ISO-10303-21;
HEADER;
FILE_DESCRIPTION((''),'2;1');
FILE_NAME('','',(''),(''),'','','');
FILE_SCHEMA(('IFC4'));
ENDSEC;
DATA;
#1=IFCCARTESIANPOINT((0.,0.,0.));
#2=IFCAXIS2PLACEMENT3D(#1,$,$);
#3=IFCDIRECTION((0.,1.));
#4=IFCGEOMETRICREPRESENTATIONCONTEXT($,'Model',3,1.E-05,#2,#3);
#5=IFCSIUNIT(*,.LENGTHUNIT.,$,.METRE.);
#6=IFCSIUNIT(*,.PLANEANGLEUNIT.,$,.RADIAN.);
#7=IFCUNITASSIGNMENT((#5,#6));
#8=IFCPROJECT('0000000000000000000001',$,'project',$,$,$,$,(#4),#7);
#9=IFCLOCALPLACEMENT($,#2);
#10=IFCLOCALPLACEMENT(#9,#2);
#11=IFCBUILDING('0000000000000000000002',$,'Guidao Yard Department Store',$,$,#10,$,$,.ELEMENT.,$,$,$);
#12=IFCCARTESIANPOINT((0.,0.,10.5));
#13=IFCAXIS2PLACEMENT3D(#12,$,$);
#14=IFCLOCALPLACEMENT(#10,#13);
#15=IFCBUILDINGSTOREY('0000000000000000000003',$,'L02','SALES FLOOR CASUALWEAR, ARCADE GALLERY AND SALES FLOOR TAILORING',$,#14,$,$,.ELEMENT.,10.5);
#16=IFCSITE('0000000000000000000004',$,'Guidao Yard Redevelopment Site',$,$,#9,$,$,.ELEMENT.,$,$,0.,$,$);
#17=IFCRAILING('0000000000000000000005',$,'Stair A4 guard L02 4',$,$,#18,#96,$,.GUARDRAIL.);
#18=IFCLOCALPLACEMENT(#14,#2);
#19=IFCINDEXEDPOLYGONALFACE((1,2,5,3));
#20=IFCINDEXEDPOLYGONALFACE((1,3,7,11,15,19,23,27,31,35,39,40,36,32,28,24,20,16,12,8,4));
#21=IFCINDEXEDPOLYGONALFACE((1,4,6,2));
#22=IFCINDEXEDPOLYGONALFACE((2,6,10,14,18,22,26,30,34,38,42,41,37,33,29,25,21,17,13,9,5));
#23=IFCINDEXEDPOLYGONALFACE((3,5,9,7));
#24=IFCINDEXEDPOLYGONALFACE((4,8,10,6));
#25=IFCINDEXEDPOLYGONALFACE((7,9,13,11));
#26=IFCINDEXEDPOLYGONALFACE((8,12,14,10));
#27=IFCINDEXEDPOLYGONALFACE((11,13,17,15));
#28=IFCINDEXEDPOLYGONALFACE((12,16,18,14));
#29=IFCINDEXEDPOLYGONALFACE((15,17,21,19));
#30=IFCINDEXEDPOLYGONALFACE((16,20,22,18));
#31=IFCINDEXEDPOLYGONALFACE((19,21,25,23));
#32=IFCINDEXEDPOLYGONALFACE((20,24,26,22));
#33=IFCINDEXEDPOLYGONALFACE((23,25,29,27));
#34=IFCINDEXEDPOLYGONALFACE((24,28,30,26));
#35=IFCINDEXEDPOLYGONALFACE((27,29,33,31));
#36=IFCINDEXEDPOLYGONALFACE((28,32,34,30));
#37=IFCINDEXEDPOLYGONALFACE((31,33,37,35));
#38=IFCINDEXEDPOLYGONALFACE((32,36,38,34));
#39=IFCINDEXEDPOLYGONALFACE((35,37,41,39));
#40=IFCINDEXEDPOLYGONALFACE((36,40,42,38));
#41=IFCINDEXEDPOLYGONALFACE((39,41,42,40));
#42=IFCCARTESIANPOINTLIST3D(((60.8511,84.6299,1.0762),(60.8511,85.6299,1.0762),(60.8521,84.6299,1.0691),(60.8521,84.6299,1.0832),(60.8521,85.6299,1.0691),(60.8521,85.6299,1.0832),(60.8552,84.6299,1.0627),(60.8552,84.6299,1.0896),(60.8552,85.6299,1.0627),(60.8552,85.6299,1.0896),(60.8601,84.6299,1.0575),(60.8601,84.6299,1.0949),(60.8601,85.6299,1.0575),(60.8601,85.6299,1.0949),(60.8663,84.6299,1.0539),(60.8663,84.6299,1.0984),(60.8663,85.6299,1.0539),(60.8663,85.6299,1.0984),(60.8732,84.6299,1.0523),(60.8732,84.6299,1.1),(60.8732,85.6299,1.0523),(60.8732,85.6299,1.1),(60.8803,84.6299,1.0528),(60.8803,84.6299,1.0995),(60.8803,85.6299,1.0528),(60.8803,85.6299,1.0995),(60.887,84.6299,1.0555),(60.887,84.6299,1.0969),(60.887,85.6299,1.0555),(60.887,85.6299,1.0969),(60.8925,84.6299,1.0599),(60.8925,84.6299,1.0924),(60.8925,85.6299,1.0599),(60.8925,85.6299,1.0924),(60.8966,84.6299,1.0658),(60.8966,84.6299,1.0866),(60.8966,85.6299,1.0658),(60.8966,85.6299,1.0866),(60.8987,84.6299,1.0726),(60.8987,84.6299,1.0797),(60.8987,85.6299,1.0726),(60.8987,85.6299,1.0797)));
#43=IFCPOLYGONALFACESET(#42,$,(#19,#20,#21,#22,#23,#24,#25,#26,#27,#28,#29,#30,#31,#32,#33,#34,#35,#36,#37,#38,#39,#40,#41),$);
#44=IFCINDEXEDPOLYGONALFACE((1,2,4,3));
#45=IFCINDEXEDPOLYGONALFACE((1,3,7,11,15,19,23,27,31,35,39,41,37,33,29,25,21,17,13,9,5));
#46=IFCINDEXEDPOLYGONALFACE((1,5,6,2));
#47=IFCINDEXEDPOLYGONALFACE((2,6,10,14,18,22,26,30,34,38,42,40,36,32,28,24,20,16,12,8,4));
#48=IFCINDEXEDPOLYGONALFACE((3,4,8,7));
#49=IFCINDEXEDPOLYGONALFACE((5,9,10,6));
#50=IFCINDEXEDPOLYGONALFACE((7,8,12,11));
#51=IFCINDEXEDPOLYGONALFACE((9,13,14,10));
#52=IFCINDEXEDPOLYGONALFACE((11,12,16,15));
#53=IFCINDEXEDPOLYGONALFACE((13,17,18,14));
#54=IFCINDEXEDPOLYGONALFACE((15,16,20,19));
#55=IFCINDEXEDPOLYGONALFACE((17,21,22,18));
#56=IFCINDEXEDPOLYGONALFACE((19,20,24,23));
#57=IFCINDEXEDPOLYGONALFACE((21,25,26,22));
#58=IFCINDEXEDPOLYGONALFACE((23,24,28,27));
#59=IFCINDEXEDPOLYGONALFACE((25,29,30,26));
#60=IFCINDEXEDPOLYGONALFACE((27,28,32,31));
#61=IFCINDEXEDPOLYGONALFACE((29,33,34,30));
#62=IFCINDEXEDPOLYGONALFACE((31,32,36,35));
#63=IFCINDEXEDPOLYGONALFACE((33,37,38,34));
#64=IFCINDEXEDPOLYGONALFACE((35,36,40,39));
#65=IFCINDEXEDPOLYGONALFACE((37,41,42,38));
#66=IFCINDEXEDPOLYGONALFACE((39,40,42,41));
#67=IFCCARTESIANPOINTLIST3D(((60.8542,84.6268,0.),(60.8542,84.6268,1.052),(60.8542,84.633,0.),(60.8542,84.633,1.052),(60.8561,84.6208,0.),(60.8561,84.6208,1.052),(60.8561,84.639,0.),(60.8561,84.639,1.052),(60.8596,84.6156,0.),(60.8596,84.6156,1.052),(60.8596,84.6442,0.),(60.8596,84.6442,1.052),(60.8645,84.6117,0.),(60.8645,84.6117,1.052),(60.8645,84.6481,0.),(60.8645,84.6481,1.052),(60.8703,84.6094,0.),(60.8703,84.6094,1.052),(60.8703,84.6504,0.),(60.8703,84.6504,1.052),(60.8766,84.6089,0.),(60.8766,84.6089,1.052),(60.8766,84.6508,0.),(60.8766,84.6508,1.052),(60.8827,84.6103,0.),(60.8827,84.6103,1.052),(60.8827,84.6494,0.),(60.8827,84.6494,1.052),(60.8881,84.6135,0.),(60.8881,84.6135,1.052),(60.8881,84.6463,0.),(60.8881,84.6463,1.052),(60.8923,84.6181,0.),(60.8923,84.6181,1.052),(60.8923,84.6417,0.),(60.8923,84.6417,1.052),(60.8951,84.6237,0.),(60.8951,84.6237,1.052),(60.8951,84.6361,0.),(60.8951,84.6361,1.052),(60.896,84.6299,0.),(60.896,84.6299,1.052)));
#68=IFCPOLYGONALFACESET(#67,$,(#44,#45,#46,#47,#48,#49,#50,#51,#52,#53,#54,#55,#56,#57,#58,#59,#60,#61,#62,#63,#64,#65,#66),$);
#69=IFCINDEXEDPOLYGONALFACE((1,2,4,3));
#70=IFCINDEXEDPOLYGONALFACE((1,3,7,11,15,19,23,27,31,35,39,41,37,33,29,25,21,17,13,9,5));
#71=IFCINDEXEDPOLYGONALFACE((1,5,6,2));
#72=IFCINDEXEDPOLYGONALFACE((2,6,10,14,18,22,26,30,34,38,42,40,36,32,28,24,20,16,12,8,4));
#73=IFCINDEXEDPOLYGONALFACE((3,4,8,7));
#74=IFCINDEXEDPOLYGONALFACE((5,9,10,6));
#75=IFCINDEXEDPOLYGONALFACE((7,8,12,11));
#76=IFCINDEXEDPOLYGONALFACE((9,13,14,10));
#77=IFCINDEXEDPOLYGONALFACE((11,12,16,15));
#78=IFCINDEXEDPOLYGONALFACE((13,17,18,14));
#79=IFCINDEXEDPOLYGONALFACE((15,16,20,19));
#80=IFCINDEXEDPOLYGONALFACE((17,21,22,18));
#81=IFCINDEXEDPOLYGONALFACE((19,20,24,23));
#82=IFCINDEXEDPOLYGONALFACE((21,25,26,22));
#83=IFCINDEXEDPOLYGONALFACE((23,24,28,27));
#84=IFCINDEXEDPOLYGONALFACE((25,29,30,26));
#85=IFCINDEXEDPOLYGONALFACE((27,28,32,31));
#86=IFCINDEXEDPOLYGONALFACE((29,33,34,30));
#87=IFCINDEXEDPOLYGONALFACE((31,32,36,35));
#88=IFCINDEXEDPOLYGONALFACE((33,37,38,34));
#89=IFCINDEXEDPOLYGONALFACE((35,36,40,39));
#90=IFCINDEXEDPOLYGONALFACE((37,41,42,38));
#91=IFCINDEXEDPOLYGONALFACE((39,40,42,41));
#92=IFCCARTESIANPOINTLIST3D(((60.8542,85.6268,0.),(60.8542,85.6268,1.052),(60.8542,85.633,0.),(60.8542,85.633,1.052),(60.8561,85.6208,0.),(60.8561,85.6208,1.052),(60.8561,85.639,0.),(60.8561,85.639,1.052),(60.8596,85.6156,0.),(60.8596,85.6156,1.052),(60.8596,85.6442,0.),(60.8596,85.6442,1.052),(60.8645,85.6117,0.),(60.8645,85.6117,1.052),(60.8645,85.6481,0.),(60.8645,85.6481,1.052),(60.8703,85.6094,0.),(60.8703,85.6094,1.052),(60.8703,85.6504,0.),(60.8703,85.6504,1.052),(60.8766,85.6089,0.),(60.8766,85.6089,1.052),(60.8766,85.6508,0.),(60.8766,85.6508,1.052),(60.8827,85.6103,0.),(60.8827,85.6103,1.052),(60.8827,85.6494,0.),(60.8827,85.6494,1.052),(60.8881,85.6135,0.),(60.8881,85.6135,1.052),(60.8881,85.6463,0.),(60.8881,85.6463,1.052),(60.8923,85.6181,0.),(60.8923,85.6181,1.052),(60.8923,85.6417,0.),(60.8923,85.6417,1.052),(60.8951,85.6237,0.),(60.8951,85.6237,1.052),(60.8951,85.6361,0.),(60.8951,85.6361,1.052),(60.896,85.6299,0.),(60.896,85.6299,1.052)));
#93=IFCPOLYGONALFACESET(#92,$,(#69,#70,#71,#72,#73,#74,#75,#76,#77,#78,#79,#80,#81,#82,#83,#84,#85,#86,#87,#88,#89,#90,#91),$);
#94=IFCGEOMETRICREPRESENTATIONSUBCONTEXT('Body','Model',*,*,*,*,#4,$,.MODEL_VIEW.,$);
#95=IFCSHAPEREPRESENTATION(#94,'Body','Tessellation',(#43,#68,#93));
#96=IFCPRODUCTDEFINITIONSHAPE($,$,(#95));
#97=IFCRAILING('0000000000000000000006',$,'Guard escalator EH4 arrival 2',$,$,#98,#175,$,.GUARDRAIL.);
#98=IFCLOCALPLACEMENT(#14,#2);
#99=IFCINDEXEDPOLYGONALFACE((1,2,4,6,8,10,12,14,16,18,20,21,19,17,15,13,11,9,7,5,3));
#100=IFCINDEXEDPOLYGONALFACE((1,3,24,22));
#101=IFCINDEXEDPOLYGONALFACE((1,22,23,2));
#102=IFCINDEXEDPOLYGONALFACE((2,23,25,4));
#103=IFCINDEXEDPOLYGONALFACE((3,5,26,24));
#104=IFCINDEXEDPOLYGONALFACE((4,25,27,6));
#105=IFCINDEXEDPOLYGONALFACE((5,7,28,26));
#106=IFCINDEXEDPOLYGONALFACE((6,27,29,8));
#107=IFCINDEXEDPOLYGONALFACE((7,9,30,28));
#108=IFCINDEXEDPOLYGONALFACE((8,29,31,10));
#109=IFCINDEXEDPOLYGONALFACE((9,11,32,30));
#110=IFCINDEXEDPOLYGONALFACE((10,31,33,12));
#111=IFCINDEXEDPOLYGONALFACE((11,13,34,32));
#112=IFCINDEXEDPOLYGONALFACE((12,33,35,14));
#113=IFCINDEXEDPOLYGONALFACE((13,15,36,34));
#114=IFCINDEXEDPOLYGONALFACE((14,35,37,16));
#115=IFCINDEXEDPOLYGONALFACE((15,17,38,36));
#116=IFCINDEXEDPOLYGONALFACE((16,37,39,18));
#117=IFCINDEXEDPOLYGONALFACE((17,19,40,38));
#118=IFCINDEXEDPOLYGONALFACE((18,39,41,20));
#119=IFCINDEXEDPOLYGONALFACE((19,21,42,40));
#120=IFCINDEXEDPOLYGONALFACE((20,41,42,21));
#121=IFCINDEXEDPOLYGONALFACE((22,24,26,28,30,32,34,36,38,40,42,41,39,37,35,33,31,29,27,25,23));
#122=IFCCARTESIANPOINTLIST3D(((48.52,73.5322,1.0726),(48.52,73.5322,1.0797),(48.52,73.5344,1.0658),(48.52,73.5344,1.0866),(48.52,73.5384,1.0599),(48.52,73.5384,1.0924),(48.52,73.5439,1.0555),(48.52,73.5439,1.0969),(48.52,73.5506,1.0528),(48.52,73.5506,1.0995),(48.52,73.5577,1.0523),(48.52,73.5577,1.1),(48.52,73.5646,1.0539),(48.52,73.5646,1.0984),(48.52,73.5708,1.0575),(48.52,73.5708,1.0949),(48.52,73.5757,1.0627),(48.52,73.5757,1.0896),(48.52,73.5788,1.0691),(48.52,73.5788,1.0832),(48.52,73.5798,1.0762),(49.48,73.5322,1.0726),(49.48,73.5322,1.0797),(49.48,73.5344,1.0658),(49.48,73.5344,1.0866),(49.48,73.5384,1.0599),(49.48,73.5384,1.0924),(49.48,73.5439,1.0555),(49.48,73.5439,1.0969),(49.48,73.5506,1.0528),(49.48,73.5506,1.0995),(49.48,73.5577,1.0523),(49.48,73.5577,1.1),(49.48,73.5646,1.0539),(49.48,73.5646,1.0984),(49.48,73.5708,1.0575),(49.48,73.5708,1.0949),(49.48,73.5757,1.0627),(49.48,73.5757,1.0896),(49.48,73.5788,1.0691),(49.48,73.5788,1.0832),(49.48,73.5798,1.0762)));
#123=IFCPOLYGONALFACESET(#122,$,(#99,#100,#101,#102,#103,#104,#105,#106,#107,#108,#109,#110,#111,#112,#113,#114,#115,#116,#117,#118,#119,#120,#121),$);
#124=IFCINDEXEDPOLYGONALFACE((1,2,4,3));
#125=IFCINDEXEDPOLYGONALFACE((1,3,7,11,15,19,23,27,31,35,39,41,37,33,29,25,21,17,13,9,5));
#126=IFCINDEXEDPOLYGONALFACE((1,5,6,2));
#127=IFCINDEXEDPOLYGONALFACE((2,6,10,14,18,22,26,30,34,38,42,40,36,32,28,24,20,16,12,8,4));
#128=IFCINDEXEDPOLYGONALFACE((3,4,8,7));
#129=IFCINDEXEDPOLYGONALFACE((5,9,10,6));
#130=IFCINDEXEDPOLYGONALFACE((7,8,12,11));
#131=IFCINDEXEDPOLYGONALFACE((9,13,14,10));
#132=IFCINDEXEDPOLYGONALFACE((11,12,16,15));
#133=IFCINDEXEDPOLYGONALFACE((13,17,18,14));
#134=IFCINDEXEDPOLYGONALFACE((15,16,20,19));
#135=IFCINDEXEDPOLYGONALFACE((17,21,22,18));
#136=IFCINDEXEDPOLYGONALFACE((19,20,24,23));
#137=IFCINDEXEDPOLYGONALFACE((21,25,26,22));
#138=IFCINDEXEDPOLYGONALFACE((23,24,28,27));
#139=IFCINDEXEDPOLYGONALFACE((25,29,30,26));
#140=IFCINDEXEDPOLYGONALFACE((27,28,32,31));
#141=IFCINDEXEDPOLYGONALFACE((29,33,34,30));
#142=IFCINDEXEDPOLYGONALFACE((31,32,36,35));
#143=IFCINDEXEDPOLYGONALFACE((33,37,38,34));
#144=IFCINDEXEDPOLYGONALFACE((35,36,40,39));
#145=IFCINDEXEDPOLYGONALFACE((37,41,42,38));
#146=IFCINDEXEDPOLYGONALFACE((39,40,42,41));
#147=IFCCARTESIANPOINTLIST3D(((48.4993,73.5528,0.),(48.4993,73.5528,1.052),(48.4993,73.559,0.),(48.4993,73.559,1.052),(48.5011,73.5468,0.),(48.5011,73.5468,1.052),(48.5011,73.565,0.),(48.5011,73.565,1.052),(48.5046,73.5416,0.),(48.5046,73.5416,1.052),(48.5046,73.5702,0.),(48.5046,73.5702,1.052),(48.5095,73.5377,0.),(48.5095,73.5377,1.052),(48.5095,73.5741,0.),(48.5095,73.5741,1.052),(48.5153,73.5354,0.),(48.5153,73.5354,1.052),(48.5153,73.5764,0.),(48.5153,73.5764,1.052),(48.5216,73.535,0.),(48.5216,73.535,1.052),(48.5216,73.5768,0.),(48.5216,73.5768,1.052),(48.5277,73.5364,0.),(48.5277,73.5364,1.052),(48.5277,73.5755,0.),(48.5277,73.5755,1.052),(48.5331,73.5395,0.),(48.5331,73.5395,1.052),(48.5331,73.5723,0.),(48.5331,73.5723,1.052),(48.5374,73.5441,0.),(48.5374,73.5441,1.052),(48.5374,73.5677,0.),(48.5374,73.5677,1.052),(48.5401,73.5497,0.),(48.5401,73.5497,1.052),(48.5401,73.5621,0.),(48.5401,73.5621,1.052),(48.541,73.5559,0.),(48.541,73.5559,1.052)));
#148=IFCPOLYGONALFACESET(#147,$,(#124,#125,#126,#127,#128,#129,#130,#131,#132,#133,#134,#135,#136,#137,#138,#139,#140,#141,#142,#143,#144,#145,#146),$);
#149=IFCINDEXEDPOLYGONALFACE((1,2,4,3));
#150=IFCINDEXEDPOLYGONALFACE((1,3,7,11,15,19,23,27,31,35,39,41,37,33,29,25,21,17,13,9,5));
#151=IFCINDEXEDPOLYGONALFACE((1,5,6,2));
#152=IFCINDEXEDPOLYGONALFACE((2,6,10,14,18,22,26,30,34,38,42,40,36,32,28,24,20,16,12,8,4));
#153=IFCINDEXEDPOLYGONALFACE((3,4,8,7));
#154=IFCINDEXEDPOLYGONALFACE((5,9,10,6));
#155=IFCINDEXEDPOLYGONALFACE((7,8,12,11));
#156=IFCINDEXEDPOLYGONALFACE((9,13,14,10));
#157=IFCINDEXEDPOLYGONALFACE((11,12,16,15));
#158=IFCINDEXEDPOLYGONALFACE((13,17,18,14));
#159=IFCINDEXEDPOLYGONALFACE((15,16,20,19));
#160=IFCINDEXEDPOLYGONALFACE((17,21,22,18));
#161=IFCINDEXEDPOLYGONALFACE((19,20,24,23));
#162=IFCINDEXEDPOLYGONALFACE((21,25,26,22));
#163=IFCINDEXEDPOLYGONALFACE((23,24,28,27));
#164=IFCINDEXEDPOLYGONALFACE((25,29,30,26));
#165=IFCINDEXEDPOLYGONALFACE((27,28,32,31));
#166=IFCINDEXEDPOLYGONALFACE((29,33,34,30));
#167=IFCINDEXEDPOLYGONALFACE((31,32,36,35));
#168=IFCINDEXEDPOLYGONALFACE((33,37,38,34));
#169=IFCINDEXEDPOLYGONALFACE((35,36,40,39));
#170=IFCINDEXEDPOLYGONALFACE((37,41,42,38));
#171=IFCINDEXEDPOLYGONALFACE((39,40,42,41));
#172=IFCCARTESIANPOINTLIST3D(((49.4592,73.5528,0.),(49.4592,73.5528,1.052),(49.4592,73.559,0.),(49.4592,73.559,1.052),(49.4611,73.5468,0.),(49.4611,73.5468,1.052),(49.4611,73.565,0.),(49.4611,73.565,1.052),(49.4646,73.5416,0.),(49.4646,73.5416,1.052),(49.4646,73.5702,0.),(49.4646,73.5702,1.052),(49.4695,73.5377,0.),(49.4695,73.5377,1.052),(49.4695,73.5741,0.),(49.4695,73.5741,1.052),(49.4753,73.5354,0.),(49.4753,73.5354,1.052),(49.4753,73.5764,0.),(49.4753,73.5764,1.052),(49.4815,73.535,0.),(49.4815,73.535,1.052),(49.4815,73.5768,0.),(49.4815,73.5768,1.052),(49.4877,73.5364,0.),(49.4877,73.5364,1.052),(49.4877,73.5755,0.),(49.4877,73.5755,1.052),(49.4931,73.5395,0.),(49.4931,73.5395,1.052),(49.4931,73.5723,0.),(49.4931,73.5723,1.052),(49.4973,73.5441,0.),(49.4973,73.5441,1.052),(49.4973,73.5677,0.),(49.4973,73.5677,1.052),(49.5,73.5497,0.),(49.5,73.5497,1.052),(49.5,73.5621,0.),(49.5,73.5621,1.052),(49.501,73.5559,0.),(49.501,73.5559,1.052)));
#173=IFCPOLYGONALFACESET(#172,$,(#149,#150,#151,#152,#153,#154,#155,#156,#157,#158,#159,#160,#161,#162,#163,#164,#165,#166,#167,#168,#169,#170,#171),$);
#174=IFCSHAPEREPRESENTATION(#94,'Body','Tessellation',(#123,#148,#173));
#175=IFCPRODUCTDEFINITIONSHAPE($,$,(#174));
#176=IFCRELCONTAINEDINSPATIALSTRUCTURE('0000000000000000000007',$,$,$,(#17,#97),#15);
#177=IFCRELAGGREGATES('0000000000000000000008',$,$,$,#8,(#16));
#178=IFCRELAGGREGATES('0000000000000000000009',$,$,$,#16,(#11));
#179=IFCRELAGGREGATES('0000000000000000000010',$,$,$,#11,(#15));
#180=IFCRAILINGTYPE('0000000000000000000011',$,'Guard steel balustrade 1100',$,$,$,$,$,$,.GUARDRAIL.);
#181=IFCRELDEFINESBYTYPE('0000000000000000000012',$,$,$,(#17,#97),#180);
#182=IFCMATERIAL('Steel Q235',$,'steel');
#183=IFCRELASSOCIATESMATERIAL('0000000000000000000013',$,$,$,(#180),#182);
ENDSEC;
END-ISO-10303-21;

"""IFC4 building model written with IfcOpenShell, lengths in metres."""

from ifc_helpers import new_model, si_unit, direction, frame, origin, origin_2d, place, context, subcontext, project, spatial, circle, extrude, material, type_object, element, save


model = new_model("IFC4")

# Units and contexts
model_context = context("Model", 3, precision=1e-05, world=origin(), true_north=direction((0.0, 1.0)))
body_context = subcontext(model_context, "Body", "Model", "MODEL_VIEW")
ifc_project = project(units=[si_unit("LENGTHUNIT", "METRE"), si_unit("PLANEANGLEUNIT", "RADIAN")], contexts=[model_context])

# Site, building, storey
site_placement = place(None, origin())
site = spatial("IfcSite", under=ifc_project, at=site_placement, Name="Guidao Yard Redevelopment Site", CompositionType="ELEMENT", RefElevation=0.0)
building_placement = place(site_placement, origin())
building = spatial("IfcBuilding", under=site, at=building_placement, Name="Guidao Yard Department Store", CompositionType="ELEMENT")
storey_placement = place(building_placement, frame((0.0, 0.0, 10.5)))
storey = spatial("IfcBuildingStorey", under=building, at=storey_placement, Name="L02", Description="SALES FLOOR CASUALWEAR, ARCADE GALLERY AND SALES FLOOR TAILORING", CompositionType="ELEMENT", Elevation=10.5)

# Railings
ifc_material_1 = material(Name="Steel Q235", Category="steel")
railing_type_1 = type_object("IfcRailingType", Name="Guard steel balustrade 1100", PredefinedType="GUARDRAIL", material=ifc_material_1)
railing_1_placement = place(storey_placement, frame((60.875, 84.6299, 0.0)))
element("IfcRailing", 1, at=railing_1_placement, inside=storey, type_object=railing_type_1, Name="Stair A4 guard L02 4", PredefinedType="GUARDRAIL", context=body_context, shape_type="SweptSolid", body=[
    extrude(circle(Radius=0.0239, at=origin_2d()), frame((0.0, 0.0, 1.0762), z_axis=(0.0, 1.0, 0.0), x_axis=(-1.0, 0.0, 0.0)), (0.0, 0.0, 1.0), 1.0),
    extrude(circle(Radius=0.021, at=origin_2d()), origin(), (0.0, 0.0, 1.0), 1.052),
    extrude(circle(Radius=0.021, at=origin_2d()), frame((0.0, 1.0, 0.0)), (0.0, 0.0, 1.0), 1.052),
])
railing_2_placement = place(storey_placement, frame((48.52, 73.5559, 0.0)))
element("IfcRailing", 2, at=railing_2_placement, inside=storey, type_object=railing_type_1, Name="Guard escalator EH4 arrival 2", PredefinedType="GUARDRAIL", context=body_context, shape_type="SweptSolid", body=[
    extrude(circle(Radius=0.0239, at=origin_2d()), frame((0.0, 0.0, 1.0762), z_axis=(1.0, 0.0, 0.0), x_axis=(0.0, 1.0, 0.0)), (0.0, 0.0, 1.0), 0.96),
    extrude(circle(Radius=0.021, at=origin_2d()), origin(), (0.0, 0.0, 1.0), 1.052),
    extrude(circle(Radius=0.021, at=origin_2d()), frame((0.96, 0.0, 0.0)), (0.0, 0.0, 1.0), 1.052),
])

save(model, "model.ifc")
